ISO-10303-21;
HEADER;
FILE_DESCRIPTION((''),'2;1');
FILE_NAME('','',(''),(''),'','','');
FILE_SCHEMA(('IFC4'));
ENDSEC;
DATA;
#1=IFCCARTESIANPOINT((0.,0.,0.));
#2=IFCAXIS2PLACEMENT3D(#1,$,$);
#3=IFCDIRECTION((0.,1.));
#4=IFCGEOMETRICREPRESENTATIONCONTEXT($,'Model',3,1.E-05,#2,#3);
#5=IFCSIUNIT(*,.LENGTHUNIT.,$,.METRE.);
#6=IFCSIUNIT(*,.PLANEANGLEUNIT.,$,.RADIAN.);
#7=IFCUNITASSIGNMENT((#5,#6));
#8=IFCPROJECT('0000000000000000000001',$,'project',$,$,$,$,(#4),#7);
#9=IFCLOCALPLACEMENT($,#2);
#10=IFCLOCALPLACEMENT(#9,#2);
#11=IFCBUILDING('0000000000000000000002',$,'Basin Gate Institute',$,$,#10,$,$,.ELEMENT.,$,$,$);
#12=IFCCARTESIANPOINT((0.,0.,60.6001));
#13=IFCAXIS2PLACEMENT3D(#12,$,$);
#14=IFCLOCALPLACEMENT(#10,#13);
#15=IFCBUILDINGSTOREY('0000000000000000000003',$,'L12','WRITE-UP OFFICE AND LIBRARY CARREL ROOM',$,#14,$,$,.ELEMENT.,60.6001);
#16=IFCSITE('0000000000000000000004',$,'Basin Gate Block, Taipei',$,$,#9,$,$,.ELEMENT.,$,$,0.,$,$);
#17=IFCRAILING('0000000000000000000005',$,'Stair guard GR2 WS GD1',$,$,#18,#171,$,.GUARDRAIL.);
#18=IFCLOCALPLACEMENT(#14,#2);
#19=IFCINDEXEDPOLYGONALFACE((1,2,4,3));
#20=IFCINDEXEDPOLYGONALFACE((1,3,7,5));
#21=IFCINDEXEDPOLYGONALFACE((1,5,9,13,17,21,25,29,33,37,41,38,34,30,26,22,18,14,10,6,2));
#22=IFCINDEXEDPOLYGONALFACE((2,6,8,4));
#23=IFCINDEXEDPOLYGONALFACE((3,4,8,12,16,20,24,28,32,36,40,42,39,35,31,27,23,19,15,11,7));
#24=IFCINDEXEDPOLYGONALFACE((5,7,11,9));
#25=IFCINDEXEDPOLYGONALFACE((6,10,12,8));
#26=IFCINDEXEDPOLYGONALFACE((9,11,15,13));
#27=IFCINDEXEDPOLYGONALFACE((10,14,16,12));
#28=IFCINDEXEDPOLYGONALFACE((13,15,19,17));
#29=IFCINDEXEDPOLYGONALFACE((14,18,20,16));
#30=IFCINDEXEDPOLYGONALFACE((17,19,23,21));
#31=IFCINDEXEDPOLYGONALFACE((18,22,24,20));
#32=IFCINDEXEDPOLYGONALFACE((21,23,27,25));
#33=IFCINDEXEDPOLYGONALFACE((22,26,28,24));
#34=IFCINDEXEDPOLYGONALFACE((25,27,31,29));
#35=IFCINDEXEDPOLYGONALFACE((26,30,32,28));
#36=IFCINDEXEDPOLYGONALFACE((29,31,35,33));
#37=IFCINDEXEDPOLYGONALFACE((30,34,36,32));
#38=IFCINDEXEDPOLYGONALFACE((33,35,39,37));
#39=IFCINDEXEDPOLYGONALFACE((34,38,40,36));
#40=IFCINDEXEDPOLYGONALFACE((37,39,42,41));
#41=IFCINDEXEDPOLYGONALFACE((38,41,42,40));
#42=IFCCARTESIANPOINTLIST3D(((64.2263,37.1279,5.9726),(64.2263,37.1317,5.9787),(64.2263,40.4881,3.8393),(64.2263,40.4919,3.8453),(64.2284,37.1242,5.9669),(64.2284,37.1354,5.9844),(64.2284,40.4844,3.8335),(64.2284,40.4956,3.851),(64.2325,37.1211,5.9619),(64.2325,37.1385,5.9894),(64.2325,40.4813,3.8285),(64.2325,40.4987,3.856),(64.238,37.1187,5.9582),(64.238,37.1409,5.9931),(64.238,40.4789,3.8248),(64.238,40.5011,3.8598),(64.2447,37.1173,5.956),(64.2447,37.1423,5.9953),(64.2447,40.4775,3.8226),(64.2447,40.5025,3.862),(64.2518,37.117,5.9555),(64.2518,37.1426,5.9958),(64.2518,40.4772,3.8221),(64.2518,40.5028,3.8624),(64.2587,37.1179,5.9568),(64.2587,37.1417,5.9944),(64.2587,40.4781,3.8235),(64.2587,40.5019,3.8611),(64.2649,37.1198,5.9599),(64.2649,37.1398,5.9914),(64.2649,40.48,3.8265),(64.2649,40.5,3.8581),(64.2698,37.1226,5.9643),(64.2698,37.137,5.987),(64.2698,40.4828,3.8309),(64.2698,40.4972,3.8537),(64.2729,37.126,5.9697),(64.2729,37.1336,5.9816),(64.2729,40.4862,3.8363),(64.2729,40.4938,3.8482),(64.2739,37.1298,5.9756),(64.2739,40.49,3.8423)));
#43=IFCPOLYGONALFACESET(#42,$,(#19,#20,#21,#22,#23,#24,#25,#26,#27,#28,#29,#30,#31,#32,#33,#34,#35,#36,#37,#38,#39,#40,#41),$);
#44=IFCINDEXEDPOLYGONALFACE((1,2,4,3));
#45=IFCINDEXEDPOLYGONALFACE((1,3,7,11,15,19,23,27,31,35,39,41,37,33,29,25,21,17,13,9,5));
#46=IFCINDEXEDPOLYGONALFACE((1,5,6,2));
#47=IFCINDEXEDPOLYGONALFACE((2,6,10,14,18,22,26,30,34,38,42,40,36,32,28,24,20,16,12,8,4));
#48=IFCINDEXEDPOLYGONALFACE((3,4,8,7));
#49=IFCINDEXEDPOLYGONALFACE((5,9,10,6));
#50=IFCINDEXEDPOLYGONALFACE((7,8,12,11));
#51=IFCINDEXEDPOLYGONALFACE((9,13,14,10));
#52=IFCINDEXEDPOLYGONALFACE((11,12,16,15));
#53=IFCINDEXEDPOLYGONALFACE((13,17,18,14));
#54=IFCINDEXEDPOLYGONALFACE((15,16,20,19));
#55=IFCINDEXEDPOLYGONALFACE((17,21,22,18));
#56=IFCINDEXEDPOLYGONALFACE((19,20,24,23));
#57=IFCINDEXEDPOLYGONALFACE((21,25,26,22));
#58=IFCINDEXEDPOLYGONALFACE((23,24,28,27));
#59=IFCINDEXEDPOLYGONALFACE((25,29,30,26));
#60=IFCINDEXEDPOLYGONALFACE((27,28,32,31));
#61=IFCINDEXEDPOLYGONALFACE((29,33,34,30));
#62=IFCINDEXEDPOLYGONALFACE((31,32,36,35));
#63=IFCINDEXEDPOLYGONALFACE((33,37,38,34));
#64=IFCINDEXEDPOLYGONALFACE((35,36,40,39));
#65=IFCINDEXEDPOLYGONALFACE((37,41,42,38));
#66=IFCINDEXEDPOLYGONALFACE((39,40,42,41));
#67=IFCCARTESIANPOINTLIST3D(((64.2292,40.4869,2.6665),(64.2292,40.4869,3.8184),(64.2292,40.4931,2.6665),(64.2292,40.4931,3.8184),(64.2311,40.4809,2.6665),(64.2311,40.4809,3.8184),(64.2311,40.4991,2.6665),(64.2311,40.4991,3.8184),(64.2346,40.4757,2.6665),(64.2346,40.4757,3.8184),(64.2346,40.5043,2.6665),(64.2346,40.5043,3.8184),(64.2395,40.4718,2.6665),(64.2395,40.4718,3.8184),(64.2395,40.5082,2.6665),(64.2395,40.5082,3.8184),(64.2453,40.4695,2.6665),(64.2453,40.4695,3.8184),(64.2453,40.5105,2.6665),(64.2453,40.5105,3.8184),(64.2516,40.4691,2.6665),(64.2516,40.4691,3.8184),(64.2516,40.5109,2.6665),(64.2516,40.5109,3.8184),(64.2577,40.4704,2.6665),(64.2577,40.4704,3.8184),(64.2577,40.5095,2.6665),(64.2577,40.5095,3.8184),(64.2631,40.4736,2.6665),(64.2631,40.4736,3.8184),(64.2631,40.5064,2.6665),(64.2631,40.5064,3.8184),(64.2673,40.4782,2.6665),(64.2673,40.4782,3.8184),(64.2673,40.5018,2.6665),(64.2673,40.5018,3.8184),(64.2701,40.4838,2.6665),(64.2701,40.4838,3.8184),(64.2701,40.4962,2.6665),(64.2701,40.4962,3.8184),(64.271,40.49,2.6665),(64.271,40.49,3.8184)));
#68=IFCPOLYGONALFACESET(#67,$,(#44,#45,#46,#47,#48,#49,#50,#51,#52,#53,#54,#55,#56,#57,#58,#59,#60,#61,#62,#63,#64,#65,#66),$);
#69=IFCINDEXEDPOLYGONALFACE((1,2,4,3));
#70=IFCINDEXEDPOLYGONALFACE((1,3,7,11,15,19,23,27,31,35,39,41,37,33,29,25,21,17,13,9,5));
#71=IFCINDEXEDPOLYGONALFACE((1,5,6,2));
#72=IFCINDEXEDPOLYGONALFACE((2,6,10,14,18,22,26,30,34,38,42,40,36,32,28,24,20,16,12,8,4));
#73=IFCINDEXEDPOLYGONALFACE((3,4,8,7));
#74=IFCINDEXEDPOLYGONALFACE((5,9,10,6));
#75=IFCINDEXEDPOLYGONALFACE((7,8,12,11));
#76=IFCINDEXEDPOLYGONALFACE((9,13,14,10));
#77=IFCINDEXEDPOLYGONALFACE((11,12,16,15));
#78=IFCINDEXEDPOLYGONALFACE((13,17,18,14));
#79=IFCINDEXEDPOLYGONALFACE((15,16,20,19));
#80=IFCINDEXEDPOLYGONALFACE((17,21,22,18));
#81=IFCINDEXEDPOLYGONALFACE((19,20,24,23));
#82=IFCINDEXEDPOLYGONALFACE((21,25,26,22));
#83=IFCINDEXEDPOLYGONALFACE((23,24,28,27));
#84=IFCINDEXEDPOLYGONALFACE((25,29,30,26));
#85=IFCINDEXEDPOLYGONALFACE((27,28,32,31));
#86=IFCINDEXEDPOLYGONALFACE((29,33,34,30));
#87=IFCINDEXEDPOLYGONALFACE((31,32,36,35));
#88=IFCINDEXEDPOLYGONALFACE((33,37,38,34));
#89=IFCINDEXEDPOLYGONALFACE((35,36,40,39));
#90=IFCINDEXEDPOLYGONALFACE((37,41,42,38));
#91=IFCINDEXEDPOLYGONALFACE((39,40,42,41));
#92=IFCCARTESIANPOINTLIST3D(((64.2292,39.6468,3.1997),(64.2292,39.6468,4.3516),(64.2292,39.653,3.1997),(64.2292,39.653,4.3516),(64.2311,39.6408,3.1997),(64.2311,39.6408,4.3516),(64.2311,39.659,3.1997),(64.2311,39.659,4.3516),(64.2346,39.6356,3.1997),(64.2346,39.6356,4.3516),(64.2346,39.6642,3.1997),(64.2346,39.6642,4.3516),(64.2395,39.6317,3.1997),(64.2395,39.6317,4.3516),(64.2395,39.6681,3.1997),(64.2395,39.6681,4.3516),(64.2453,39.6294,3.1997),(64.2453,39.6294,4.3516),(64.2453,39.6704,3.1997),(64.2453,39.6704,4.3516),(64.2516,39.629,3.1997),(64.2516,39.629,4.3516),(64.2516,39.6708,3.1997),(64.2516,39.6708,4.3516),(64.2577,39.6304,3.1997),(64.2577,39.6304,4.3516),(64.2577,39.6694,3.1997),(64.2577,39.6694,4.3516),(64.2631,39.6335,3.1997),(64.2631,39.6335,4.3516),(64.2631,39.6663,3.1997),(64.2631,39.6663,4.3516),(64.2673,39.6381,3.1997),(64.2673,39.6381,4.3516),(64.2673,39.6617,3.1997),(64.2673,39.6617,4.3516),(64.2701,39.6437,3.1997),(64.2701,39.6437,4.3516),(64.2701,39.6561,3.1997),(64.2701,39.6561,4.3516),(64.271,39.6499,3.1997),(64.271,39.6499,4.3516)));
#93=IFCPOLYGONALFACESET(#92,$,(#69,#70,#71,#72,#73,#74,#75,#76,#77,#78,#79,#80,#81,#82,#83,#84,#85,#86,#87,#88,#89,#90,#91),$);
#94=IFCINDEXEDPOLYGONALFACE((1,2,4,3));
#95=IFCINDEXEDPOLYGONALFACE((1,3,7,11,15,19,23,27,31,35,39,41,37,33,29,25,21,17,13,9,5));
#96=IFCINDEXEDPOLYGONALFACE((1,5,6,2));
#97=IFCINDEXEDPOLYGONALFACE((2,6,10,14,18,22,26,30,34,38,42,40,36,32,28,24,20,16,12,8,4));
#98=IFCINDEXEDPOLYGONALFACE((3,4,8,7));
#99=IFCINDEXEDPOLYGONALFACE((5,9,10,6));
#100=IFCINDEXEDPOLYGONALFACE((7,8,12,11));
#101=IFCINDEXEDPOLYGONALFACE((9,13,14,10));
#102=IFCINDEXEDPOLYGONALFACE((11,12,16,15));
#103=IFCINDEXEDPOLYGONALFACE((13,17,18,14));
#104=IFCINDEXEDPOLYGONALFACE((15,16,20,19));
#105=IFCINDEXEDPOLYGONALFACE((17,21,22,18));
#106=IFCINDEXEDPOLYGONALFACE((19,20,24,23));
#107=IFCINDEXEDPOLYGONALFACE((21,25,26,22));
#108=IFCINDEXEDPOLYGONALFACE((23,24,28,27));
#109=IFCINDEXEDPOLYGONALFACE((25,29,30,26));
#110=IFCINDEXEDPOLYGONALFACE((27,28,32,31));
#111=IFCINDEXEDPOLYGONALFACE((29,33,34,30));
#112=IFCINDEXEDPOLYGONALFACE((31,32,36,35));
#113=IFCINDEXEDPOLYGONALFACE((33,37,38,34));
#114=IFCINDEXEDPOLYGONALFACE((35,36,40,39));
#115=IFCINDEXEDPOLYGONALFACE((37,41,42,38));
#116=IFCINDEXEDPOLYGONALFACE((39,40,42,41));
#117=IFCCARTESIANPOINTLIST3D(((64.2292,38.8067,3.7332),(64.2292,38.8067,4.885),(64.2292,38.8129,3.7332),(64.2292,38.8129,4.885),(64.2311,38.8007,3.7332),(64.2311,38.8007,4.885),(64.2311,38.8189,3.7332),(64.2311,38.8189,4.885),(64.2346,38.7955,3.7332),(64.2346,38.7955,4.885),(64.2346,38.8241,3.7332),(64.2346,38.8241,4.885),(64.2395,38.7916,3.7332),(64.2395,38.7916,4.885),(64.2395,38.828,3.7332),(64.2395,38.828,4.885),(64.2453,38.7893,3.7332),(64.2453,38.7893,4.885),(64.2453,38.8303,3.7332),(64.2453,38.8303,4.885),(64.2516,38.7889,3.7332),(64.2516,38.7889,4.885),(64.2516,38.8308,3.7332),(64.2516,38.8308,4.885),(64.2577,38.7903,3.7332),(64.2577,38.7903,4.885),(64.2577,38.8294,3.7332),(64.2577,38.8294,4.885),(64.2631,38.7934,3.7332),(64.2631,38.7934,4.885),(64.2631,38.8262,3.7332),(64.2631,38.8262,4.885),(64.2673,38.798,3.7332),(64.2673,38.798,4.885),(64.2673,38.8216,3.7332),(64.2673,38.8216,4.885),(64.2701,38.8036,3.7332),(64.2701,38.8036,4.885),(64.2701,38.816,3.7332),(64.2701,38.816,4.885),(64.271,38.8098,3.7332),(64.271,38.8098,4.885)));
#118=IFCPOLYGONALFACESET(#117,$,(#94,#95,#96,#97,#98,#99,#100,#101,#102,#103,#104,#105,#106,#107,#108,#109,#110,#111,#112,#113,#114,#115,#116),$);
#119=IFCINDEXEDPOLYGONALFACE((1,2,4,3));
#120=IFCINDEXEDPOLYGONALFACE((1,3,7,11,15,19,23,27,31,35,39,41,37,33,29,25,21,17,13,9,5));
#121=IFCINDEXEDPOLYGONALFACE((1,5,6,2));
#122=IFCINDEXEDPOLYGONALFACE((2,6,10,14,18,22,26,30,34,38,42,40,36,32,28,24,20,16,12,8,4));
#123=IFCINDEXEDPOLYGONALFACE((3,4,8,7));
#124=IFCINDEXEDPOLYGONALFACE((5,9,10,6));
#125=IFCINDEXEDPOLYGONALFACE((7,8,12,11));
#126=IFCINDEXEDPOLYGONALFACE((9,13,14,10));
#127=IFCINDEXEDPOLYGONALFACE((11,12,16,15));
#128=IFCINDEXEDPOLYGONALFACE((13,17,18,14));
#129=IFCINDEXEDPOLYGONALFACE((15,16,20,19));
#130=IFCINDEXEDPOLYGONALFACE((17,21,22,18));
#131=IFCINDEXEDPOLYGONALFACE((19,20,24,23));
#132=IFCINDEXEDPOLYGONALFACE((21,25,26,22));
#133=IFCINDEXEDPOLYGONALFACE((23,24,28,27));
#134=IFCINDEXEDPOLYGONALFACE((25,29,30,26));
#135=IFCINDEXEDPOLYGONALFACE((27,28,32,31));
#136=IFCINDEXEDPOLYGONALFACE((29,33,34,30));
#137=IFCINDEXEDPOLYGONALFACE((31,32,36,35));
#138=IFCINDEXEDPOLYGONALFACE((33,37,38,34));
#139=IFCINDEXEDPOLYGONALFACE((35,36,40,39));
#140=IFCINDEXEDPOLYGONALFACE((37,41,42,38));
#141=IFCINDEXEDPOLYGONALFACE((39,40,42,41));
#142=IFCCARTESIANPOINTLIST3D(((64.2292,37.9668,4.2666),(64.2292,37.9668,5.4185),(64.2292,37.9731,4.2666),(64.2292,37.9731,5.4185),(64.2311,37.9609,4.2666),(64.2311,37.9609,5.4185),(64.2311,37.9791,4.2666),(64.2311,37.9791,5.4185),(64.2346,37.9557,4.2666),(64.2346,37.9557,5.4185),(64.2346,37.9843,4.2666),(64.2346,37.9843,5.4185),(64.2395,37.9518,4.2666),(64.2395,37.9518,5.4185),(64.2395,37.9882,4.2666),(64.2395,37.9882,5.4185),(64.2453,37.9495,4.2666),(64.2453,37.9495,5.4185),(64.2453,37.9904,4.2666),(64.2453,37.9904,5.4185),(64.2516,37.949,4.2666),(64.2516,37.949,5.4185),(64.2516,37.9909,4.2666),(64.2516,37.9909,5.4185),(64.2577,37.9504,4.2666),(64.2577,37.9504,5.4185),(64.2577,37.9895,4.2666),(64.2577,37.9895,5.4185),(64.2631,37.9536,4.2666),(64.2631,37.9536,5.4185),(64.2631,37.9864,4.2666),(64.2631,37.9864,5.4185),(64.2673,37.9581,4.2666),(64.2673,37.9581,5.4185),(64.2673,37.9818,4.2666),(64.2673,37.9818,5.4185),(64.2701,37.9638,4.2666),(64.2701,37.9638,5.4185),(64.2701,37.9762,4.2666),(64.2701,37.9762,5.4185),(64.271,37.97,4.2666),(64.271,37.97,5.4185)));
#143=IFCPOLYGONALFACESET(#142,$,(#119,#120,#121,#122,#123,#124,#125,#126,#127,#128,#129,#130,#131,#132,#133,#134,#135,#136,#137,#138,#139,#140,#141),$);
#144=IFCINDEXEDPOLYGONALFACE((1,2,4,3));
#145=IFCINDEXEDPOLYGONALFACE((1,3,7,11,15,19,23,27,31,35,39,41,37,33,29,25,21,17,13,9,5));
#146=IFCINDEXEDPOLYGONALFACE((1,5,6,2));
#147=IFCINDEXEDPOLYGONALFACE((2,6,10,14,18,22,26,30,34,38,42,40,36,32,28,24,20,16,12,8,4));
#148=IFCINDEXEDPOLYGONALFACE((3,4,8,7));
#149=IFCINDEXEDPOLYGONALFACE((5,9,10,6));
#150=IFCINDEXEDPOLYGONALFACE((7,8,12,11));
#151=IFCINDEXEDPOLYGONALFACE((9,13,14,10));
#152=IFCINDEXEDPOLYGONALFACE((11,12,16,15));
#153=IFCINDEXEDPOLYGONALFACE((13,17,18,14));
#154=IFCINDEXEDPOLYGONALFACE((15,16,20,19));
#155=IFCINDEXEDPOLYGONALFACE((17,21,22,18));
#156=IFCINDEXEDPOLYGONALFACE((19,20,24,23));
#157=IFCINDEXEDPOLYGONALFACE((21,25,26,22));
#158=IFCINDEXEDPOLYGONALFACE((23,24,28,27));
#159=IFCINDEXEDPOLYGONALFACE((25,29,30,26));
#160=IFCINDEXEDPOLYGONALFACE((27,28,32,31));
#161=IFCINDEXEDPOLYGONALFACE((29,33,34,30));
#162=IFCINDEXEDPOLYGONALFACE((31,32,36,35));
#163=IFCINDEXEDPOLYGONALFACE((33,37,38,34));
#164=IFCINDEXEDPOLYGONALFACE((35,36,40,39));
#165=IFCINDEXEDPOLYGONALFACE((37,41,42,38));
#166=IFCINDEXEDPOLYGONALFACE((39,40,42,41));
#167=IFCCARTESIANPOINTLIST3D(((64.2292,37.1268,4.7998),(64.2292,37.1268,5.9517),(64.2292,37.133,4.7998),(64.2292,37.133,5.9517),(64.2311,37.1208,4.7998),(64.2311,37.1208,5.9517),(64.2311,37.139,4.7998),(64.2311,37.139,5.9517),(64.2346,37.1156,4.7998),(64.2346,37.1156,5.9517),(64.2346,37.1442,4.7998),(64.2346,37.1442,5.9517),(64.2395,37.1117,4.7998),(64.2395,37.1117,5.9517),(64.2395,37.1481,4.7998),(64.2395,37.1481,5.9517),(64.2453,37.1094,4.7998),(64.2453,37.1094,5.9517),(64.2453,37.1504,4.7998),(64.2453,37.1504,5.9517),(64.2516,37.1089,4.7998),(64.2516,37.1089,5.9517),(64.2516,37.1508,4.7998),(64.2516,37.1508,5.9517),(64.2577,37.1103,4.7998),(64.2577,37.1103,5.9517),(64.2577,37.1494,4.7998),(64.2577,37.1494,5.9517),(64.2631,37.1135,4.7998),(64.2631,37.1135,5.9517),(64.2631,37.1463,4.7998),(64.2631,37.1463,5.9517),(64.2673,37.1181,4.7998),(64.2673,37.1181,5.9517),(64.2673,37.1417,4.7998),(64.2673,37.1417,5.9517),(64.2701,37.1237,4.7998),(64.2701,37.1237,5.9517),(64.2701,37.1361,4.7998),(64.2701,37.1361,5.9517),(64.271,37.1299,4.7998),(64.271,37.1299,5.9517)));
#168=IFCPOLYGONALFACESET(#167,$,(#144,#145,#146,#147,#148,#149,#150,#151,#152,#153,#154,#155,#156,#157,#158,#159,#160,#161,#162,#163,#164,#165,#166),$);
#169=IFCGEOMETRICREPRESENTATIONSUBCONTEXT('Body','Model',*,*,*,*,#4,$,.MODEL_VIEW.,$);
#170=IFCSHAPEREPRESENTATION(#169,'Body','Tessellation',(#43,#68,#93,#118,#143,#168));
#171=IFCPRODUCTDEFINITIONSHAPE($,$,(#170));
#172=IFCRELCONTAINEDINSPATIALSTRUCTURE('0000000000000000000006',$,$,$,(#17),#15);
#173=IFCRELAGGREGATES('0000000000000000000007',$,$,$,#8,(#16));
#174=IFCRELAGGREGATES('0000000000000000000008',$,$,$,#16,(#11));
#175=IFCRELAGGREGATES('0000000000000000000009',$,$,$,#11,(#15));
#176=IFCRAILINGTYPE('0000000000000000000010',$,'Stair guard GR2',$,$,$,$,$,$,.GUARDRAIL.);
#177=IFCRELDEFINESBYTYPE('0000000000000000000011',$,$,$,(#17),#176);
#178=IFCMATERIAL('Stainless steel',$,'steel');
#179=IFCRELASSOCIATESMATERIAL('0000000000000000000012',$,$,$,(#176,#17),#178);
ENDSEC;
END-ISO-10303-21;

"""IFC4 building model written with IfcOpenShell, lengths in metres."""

from ifc_helpers import new_model, si_unit, direction, frame, origin, origin_2d, place, context, subcontext, project, spatial, circle, extrude, material, type_object, element, save


model = new_model("IFC4")

# Units and contexts
model_context = context("Model", 3, precision=1e-05, world=origin(), true_north=direction((0.0, 1.0)))
body_context = subcontext(model_context, "Body", "Model", "MODEL_VIEW")
ifc_project = project(units=[si_unit("LENGTHUNIT", "METRE"), si_unit("PLANEANGLEUNIT", "RADIAN")], contexts=[model_context])

# Site, building, storey
site_placement = place(None, origin())
site = spatial("IfcSite", under=ifc_project, at=site_placement, Name="Basin Gate Block, Taipei", CompositionType="ELEMENT", RefElevation=0.0)
building_placement = place(site_placement, origin())
building = spatial("IfcBuilding", under=site, at=building_placement, Name="Basin Gate Institute", CompositionType="ELEMENT")
storey_placement = place(building_placement, frame((0.0, 0.0, 60.6001)))
storey = spatial("IfcBuildingStorey", under=building, at=storey_placement, Name="L12", Description="WRITE-UP OFFICE AND LIBRARY CARREL ROOM", CompositionType="ELEMENT", Elevation=60.6001)

# Railing
ifc_material_1 = material(Name="Stainless steel", Category="steel")
railing_type_1 = type_object("IfcRailingType", Name="Stair guard GR2", PredefinedType="GUARDRAIL", material=ifc_material_1)
railing_1_placement = place(storey_placement, frame((64.25, 40.49, 2.6665)))
element("IfcRailing", 1, at=railing_1_placement, inside=storey, type_object=railing_type_1, material=ifc_material_1, Name="Stair guard GR2 WS GD1", PredefinedType="GUARDRAIL", context=body_context, shape_type="SweptSolid", body=[
    extrude(circle(Radius=0.0239, at=origin_2d()), frame((0.0, 0.0, 1.1758), z_axis=(0.0, -0.844224, 0.53599), x_axis=(1.0, 0.0, 0.0)), (0.0, 0.0, 1.0), 3.9802),
    extrude(circle(Radius=0.021, at=origin_2d()), origin(), (0.0, 0.0, 1.0), 1.1519),
    extrude(circle(Radius=0.021, at=origin_2d()), frame((0.0, -0.8401, 0.5332)), (0.0, 0.0, 1.0), 1.1519),
    extrude(circle(Radius=0.021, at=origin_2d()), frame((0.0, -1.6802, 1.0667)), (0.0, 0.0, 1.0), 1.1519),
    extrude(circle(Radius=0.021, at=origin_2d()), frame((0.0, -2.52, 1.6001)), (0.0, 0.0, 1.0), 1.1519),
    extrude(circle(Radius=0.021, at=origin_2d()), frame((0.0, -3.3601, 2.1333)), (0.0, 0.0, 1.0), 1.1519),
])

save(model, "model.ifc")
